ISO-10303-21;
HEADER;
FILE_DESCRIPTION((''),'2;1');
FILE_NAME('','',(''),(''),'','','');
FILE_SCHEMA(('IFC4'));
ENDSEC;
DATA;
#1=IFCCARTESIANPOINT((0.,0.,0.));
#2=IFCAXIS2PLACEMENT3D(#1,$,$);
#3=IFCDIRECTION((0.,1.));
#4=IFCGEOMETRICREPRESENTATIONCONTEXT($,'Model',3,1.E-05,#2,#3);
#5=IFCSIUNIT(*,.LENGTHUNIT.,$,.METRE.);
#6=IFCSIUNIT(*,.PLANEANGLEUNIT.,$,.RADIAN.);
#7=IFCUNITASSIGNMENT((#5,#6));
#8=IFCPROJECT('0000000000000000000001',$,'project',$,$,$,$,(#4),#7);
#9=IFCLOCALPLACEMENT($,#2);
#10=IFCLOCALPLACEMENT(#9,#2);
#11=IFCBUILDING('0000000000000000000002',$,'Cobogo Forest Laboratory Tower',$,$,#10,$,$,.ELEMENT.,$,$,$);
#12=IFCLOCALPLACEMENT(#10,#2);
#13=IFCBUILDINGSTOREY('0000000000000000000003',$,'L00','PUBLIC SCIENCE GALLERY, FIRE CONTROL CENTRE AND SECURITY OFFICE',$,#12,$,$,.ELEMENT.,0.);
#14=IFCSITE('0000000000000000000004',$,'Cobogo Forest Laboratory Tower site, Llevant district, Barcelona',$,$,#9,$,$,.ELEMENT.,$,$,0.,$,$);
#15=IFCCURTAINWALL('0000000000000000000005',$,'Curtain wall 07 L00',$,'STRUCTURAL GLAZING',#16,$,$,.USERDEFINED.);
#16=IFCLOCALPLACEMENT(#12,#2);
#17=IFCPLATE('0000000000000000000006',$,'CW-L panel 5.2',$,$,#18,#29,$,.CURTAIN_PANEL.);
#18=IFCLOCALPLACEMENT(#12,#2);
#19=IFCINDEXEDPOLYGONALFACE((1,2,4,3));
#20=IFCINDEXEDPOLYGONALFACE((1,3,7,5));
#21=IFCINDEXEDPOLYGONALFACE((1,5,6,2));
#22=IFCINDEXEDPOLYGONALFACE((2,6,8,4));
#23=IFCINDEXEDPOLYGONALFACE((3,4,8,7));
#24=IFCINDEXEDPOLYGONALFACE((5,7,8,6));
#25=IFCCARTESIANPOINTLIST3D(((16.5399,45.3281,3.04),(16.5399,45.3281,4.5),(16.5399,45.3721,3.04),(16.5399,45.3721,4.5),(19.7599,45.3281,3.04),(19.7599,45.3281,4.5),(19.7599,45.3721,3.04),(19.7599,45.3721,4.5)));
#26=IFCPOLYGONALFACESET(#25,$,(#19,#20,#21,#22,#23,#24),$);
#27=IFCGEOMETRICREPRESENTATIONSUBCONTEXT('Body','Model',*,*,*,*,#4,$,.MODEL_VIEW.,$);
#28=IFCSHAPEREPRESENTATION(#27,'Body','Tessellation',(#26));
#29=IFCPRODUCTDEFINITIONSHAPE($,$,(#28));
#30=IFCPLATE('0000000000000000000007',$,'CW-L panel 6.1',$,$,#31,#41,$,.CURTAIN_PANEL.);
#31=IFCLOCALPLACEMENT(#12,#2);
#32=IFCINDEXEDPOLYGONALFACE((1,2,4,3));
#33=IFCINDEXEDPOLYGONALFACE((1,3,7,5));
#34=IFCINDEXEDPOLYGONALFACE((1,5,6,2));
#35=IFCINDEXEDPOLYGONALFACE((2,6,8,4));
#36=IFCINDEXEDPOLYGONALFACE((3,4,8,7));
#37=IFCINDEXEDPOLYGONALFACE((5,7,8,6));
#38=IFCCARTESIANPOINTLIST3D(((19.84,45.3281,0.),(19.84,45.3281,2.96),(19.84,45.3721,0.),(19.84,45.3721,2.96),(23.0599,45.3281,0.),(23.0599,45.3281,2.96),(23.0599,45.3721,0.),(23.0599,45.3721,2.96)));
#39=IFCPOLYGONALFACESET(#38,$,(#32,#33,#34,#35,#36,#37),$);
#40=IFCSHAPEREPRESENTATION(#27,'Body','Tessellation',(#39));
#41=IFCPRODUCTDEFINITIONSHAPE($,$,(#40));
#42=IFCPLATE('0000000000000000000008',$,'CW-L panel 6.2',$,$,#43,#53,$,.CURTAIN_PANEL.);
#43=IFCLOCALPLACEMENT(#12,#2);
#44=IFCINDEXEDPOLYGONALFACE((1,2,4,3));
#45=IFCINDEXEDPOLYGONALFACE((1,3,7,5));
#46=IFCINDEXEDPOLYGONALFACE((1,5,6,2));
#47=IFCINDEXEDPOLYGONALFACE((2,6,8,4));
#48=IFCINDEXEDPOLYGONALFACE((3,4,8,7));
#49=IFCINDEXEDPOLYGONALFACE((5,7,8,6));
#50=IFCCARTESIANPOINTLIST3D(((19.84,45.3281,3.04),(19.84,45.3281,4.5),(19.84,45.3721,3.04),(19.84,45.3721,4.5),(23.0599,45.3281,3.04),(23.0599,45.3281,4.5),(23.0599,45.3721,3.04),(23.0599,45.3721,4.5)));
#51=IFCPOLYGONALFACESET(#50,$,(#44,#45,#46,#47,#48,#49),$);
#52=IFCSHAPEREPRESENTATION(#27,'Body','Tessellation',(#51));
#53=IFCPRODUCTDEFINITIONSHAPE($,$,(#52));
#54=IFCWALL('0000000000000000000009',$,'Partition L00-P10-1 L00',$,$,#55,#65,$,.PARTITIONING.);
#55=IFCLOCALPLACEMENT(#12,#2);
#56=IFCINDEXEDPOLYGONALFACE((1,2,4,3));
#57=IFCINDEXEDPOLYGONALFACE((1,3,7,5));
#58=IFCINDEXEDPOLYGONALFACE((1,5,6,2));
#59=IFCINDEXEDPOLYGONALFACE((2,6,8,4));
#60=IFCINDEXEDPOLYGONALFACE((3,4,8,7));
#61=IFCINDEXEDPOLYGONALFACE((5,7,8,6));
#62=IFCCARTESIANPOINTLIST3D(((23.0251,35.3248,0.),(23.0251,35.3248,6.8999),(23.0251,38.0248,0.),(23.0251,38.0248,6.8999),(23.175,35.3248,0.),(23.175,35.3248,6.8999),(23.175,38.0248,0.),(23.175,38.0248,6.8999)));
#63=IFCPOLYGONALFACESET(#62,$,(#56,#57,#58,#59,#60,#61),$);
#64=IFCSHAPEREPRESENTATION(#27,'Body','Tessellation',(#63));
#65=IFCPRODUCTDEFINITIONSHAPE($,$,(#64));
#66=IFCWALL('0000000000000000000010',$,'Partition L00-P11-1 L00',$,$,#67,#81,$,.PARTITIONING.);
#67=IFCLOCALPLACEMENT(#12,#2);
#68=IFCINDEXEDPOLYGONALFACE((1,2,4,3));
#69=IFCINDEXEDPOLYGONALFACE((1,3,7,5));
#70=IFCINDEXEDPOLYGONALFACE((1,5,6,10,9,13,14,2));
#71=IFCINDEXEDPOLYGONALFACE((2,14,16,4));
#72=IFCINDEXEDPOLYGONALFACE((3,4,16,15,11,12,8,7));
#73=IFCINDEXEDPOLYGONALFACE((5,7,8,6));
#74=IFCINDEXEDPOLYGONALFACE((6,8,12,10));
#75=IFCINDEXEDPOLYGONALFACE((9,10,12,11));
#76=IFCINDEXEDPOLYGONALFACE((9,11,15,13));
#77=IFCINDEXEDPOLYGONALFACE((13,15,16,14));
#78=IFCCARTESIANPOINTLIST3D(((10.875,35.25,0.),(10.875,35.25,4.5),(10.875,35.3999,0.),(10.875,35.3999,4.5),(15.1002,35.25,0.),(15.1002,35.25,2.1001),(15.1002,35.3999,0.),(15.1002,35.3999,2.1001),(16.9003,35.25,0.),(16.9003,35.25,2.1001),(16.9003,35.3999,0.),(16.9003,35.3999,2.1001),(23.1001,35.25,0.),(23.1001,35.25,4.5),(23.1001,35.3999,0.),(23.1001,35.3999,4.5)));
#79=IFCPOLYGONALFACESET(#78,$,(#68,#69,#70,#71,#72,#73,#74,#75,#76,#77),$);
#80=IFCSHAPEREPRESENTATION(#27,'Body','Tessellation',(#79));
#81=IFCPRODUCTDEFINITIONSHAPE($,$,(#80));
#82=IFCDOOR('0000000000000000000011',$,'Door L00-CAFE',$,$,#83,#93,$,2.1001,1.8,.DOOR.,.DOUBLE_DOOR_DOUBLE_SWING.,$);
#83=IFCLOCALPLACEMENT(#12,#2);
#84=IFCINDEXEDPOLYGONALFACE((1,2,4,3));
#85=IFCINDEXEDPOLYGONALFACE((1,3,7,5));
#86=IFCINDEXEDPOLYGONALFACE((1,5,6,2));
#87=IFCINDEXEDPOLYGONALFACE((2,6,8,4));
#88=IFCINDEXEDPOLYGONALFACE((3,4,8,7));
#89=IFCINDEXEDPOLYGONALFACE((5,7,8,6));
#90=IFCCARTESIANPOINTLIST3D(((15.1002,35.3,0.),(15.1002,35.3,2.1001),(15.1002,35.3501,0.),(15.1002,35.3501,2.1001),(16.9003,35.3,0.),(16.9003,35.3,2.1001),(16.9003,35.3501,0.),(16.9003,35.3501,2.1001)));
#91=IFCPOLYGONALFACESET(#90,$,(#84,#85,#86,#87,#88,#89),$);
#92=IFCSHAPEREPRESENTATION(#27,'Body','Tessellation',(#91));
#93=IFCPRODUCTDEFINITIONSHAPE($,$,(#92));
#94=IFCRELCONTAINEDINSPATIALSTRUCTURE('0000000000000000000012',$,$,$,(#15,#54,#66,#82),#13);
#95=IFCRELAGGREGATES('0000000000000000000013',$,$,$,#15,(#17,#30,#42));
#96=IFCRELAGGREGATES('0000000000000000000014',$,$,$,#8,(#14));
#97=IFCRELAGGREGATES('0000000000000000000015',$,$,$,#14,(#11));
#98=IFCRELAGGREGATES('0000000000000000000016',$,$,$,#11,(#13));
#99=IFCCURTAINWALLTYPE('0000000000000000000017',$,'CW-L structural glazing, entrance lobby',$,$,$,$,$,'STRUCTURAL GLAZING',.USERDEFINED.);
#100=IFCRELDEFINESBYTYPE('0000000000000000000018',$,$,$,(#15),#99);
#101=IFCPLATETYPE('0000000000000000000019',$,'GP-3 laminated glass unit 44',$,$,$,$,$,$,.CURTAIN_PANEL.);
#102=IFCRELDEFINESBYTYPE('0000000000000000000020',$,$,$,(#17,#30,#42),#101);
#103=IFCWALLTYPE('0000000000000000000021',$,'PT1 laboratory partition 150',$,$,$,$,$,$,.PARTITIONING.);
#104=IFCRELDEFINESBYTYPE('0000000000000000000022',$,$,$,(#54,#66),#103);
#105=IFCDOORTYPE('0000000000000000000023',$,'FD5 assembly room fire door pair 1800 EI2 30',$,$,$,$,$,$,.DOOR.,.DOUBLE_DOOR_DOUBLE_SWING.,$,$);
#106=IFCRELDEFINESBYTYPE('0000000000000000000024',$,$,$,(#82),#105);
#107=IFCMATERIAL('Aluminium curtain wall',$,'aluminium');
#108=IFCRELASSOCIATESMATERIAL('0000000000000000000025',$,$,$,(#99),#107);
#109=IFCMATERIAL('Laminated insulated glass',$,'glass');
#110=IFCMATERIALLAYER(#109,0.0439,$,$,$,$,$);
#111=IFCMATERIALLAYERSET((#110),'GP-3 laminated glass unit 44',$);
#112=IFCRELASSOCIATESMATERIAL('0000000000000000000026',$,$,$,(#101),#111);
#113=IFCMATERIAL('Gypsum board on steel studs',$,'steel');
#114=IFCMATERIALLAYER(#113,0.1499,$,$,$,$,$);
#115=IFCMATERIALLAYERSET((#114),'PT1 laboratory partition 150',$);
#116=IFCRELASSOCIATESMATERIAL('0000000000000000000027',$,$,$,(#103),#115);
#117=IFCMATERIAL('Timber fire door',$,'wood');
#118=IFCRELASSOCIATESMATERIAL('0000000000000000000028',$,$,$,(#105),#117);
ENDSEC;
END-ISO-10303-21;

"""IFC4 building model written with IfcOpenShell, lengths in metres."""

from ifc_helpers import new_model, si_unit, direction, frame, frame_2d, origin, origin_2d, place, context, subcontext, project, spatial, rectangle, extrude, material, layer, layer_set, type_object, element, fill, aggregate, save


model = new_model("IFC4")

# Units and contexts
model_context = context("Model", 3, precision=1e-05, world=origin(), true_north=direction((0.0, 1.0)))
body_context = subcontext(model_context, "Body", "Model", "MODEL_VIEW")
ifc_project = project(units=[si_unit("LENGTHUNIT", "METRE"), si_unit("PLANEANGLEUNIT", "RADIAN")], contexts=[model_context])

# Site, building, storey
site_placement = place(None, origin())
site = spatial("IfcSite", under=ifc_project, at=site_placement, Name="Cobogo Forest Laboratory Tower site, Llevant district, Barcelona", CompositionType="ELEMENT", RefElevation=0.0)
building_placement = place(site_placement, origin())
building = spatial("IfcBuilding", under=site, at=building_placement, Name="Cobogo Forest Laboratory Tower", CompositionType="ELEMENT")
storey_placement = place(building_placement, origin())
storey = spatial("IfcBuildingStorey", under=building, at=storey_placement, Name="L00", Description="PUBLIC SCIENCE GALLERY, FIRE CONTROL CENTRE AND SECURITY OFFICE", CompositionType="ELEMENT", Elevation=0.0)

# Curtain wall
ifc_material_1 = material(Name="Aluminium curtain wall", Category="aluminium")
curtain_wall_type = type_object("IfcCurtainWallType", Name="CW-L structural glazing, entrance lobby", ElementType="STRUCTURAL GLAZING", PredefinedType="USERDEFINED", material=ifc_material_1)
curtain_wall_placement = place(storey_placement, origin())
curtain_wall = element("IfcCurtainWall", 1, at=curtain_wall_placement, inside=storey, type_object=curtain_wall_type, Name="Curtain wall 07 L00", ObjectType="STRUCTURAL GLAZING", PredefinedType="USERDEFINED")

# Plates
ifc_material_2 = material(Name="Laminated insulated glass", Category="glass")
ifc_layer_1 = layer(ifc_material_2, 0.0439)
ifc_layer_set_1 = layer_set([ifc_layer_1], Name="GP-3 laminated glass unit 44")
plate_type = type_object("IfcPlateType", Name="GP-3 laminated glass unit 44", PredefinedType="CURTAIN_PANEL", material=ifc_layer_set_1)
plate_1_placement = place(storey_placement, frame((18.1499, 45.3501, 3.04), z_axis=(0.0, 0.0, 1.0), x_axis=(1.0, 0.0, 0.0)))
plate_1 = element("IfcPlate", 2, at=plate_1_placement, type_object=plate_type, Name="CW-L panel 5.2", PredefinedType="CURTAIN_PANEL", context=body_context, shape_type="SweptSolid", body=[
    extrude(rectangle(XDim=3.22, YDim=0.0439, at=origin_2d()), origin(), (0.0, 0.0, 1.0), 1.46),
])
plate_2_placement = place(storey_placement, frame((21.45, 45.3501, 0.0), z_axis=(0.0, 0.0, 1.0), x_axis=(1.0, 0.0, 0.0)))
plate_2 = element("IfcPlate", 3, at=plate_2_placement, type_object=plate_type, Name="CW-L panel 6.1", PredefinedType="CURTAIN_PANEL", context=body_context, shape_type="SweptSolid", body=[
    extrude(rectangle(XDim=3.22, YDim=0.0439, at=origin_2d()), origin(), (0.0, 0.0, 1.0), 2.96),
])
plate_3_placement = place(storey_placement, frame((21.45, 45.3501, 3.04), z_axis=(0.0, 0.0, 1.0), x_axis=(1.0, 0.0, 0.0)))
plate_3 = element("IfcPlate", 4, at=plate_3_placement, type_object=plate_type, Name="CW-L panel 6.2", PredefinedType="CURTAIN_PANEL", context=body_context, shape_type="SweptSolid", body=[
    extrude(rectangle(XDim=3.22, YDim=0.0439, at=origin_2d()), origin(), (0.0, 0.0, 1.0), 1.46),
])
aggregate(curtain_wall, [plate_1, plate_2, plate_3])

# Wall
ifc_material_3 = material(Name="Gypsum board on steel studs", Category="steel")
ifc_layer_2 = layer(ifc_material_3, 0.1499)
ifc_layer_set_2 = layer_set([ifc_layer_2], Name="PT1 laboratory partition 150")
wall_type = type_object("IfcWallType", Name="PT1 laboratory partition 150", PredefinedType="PARTITIONING", material=ifc_layer_set_2)
wall_1_placement = place(storey_placement, frame((23.1001, 38.0249, 0.0), z_axis=(0.0, 0.0, 1.0), x_axis=(0.0, -1.0, 0.0)))
element("IfcWall", 5, at=wall_1_placement, inside=storey, type_object=wall_type, Name="Partition L00-P10-1 L00", PredefinedType="PARTITIONING", context=body_context, shape_type="SweptSolid", body=[
    extrude(rectangle(XDim=2.7, YDim=0.1499, at=frame_2d((1.3501, 0.0))), origin(), (0.0, 0.0, 1.0), 6.8999),
])

# Wall, opening, door
wall_2_placement = place(storey_placement, frame((23.1001, 35.325, 0.0), z_axis=(0.0, 0.0, 1.0), x_axis=(-1.0, 0.0, 0.0)))
wall_2 = element("IfcWall", 6, at=wall_2_placement, inside=storey, type_object=wall_type, Name="Partition L00-P11-1 L00", PredefinedType="PARTITIONING", context=body_context, shape_type="SweptSolid", body=[
    extrude(rectangle(XDim=12.2251, YDim=0.1499, at=frame_2d((6.1125, 0.0))), origin(), (0.0, 0.0, 1.0), 4.5),
])
opening_placement = place(wall_2_placement, frame((6.2, 0.0, 0.0)))
opening = element("IfcOpeningElement", 7, at=opening_placement, cuts=wall_2, PredefinedType="OPENING", context=body_context, shape_type="SweptSolid", body=[
    extrude(rectangle(XDim=1.8, YDim=2.1001, at=frame_2d((0.8999, 1.05))), frame((0.0, 0.085, 0.0), z_axis=(0.0, -1.0, 0.0), x_axis=(1.0, 0.0, 0.0)), (0.0, 0.0, 1.0), 0.1699),
])
ifc_material_4 = material(Name="Timber fire door", Category="wood")
door_type = type_object("IfcDoorType", Name="FD5 assembly room fire door pair 1800 EI2 30", OperationType="DOUBLE_DOOR_DOUBLE_SWING", PredefinedType="DOOR", material=ifc_material_4)
door_placement = place(opening_placement, origin())
door = element("IfcDoor", 8, at=door_placement, inside=storey, type_object=door_type, Name="Door L00-CAFE", OperationType="DOUBLE_DOOR_DOUBLE_SWING", OverallHeight=2.1001, OverallWidth=1.8, PredefinedType="DOOR", context=body_context, shape_type="SweptSolid", body=[
    extrude(rectangle(XDim=1.8, YDim=2.1001, at=frame_2d((0.8999, 1.05))), frame((0.0, 0.0249, 0.0), z_axis=(0.0, -1.0, 0.0), x_axis=(1.0, 0.0, 0.0)), (0.0, 0.0, 1.0), 0.05),
])
fill(opening, door)

save(model, "model.ifc")
